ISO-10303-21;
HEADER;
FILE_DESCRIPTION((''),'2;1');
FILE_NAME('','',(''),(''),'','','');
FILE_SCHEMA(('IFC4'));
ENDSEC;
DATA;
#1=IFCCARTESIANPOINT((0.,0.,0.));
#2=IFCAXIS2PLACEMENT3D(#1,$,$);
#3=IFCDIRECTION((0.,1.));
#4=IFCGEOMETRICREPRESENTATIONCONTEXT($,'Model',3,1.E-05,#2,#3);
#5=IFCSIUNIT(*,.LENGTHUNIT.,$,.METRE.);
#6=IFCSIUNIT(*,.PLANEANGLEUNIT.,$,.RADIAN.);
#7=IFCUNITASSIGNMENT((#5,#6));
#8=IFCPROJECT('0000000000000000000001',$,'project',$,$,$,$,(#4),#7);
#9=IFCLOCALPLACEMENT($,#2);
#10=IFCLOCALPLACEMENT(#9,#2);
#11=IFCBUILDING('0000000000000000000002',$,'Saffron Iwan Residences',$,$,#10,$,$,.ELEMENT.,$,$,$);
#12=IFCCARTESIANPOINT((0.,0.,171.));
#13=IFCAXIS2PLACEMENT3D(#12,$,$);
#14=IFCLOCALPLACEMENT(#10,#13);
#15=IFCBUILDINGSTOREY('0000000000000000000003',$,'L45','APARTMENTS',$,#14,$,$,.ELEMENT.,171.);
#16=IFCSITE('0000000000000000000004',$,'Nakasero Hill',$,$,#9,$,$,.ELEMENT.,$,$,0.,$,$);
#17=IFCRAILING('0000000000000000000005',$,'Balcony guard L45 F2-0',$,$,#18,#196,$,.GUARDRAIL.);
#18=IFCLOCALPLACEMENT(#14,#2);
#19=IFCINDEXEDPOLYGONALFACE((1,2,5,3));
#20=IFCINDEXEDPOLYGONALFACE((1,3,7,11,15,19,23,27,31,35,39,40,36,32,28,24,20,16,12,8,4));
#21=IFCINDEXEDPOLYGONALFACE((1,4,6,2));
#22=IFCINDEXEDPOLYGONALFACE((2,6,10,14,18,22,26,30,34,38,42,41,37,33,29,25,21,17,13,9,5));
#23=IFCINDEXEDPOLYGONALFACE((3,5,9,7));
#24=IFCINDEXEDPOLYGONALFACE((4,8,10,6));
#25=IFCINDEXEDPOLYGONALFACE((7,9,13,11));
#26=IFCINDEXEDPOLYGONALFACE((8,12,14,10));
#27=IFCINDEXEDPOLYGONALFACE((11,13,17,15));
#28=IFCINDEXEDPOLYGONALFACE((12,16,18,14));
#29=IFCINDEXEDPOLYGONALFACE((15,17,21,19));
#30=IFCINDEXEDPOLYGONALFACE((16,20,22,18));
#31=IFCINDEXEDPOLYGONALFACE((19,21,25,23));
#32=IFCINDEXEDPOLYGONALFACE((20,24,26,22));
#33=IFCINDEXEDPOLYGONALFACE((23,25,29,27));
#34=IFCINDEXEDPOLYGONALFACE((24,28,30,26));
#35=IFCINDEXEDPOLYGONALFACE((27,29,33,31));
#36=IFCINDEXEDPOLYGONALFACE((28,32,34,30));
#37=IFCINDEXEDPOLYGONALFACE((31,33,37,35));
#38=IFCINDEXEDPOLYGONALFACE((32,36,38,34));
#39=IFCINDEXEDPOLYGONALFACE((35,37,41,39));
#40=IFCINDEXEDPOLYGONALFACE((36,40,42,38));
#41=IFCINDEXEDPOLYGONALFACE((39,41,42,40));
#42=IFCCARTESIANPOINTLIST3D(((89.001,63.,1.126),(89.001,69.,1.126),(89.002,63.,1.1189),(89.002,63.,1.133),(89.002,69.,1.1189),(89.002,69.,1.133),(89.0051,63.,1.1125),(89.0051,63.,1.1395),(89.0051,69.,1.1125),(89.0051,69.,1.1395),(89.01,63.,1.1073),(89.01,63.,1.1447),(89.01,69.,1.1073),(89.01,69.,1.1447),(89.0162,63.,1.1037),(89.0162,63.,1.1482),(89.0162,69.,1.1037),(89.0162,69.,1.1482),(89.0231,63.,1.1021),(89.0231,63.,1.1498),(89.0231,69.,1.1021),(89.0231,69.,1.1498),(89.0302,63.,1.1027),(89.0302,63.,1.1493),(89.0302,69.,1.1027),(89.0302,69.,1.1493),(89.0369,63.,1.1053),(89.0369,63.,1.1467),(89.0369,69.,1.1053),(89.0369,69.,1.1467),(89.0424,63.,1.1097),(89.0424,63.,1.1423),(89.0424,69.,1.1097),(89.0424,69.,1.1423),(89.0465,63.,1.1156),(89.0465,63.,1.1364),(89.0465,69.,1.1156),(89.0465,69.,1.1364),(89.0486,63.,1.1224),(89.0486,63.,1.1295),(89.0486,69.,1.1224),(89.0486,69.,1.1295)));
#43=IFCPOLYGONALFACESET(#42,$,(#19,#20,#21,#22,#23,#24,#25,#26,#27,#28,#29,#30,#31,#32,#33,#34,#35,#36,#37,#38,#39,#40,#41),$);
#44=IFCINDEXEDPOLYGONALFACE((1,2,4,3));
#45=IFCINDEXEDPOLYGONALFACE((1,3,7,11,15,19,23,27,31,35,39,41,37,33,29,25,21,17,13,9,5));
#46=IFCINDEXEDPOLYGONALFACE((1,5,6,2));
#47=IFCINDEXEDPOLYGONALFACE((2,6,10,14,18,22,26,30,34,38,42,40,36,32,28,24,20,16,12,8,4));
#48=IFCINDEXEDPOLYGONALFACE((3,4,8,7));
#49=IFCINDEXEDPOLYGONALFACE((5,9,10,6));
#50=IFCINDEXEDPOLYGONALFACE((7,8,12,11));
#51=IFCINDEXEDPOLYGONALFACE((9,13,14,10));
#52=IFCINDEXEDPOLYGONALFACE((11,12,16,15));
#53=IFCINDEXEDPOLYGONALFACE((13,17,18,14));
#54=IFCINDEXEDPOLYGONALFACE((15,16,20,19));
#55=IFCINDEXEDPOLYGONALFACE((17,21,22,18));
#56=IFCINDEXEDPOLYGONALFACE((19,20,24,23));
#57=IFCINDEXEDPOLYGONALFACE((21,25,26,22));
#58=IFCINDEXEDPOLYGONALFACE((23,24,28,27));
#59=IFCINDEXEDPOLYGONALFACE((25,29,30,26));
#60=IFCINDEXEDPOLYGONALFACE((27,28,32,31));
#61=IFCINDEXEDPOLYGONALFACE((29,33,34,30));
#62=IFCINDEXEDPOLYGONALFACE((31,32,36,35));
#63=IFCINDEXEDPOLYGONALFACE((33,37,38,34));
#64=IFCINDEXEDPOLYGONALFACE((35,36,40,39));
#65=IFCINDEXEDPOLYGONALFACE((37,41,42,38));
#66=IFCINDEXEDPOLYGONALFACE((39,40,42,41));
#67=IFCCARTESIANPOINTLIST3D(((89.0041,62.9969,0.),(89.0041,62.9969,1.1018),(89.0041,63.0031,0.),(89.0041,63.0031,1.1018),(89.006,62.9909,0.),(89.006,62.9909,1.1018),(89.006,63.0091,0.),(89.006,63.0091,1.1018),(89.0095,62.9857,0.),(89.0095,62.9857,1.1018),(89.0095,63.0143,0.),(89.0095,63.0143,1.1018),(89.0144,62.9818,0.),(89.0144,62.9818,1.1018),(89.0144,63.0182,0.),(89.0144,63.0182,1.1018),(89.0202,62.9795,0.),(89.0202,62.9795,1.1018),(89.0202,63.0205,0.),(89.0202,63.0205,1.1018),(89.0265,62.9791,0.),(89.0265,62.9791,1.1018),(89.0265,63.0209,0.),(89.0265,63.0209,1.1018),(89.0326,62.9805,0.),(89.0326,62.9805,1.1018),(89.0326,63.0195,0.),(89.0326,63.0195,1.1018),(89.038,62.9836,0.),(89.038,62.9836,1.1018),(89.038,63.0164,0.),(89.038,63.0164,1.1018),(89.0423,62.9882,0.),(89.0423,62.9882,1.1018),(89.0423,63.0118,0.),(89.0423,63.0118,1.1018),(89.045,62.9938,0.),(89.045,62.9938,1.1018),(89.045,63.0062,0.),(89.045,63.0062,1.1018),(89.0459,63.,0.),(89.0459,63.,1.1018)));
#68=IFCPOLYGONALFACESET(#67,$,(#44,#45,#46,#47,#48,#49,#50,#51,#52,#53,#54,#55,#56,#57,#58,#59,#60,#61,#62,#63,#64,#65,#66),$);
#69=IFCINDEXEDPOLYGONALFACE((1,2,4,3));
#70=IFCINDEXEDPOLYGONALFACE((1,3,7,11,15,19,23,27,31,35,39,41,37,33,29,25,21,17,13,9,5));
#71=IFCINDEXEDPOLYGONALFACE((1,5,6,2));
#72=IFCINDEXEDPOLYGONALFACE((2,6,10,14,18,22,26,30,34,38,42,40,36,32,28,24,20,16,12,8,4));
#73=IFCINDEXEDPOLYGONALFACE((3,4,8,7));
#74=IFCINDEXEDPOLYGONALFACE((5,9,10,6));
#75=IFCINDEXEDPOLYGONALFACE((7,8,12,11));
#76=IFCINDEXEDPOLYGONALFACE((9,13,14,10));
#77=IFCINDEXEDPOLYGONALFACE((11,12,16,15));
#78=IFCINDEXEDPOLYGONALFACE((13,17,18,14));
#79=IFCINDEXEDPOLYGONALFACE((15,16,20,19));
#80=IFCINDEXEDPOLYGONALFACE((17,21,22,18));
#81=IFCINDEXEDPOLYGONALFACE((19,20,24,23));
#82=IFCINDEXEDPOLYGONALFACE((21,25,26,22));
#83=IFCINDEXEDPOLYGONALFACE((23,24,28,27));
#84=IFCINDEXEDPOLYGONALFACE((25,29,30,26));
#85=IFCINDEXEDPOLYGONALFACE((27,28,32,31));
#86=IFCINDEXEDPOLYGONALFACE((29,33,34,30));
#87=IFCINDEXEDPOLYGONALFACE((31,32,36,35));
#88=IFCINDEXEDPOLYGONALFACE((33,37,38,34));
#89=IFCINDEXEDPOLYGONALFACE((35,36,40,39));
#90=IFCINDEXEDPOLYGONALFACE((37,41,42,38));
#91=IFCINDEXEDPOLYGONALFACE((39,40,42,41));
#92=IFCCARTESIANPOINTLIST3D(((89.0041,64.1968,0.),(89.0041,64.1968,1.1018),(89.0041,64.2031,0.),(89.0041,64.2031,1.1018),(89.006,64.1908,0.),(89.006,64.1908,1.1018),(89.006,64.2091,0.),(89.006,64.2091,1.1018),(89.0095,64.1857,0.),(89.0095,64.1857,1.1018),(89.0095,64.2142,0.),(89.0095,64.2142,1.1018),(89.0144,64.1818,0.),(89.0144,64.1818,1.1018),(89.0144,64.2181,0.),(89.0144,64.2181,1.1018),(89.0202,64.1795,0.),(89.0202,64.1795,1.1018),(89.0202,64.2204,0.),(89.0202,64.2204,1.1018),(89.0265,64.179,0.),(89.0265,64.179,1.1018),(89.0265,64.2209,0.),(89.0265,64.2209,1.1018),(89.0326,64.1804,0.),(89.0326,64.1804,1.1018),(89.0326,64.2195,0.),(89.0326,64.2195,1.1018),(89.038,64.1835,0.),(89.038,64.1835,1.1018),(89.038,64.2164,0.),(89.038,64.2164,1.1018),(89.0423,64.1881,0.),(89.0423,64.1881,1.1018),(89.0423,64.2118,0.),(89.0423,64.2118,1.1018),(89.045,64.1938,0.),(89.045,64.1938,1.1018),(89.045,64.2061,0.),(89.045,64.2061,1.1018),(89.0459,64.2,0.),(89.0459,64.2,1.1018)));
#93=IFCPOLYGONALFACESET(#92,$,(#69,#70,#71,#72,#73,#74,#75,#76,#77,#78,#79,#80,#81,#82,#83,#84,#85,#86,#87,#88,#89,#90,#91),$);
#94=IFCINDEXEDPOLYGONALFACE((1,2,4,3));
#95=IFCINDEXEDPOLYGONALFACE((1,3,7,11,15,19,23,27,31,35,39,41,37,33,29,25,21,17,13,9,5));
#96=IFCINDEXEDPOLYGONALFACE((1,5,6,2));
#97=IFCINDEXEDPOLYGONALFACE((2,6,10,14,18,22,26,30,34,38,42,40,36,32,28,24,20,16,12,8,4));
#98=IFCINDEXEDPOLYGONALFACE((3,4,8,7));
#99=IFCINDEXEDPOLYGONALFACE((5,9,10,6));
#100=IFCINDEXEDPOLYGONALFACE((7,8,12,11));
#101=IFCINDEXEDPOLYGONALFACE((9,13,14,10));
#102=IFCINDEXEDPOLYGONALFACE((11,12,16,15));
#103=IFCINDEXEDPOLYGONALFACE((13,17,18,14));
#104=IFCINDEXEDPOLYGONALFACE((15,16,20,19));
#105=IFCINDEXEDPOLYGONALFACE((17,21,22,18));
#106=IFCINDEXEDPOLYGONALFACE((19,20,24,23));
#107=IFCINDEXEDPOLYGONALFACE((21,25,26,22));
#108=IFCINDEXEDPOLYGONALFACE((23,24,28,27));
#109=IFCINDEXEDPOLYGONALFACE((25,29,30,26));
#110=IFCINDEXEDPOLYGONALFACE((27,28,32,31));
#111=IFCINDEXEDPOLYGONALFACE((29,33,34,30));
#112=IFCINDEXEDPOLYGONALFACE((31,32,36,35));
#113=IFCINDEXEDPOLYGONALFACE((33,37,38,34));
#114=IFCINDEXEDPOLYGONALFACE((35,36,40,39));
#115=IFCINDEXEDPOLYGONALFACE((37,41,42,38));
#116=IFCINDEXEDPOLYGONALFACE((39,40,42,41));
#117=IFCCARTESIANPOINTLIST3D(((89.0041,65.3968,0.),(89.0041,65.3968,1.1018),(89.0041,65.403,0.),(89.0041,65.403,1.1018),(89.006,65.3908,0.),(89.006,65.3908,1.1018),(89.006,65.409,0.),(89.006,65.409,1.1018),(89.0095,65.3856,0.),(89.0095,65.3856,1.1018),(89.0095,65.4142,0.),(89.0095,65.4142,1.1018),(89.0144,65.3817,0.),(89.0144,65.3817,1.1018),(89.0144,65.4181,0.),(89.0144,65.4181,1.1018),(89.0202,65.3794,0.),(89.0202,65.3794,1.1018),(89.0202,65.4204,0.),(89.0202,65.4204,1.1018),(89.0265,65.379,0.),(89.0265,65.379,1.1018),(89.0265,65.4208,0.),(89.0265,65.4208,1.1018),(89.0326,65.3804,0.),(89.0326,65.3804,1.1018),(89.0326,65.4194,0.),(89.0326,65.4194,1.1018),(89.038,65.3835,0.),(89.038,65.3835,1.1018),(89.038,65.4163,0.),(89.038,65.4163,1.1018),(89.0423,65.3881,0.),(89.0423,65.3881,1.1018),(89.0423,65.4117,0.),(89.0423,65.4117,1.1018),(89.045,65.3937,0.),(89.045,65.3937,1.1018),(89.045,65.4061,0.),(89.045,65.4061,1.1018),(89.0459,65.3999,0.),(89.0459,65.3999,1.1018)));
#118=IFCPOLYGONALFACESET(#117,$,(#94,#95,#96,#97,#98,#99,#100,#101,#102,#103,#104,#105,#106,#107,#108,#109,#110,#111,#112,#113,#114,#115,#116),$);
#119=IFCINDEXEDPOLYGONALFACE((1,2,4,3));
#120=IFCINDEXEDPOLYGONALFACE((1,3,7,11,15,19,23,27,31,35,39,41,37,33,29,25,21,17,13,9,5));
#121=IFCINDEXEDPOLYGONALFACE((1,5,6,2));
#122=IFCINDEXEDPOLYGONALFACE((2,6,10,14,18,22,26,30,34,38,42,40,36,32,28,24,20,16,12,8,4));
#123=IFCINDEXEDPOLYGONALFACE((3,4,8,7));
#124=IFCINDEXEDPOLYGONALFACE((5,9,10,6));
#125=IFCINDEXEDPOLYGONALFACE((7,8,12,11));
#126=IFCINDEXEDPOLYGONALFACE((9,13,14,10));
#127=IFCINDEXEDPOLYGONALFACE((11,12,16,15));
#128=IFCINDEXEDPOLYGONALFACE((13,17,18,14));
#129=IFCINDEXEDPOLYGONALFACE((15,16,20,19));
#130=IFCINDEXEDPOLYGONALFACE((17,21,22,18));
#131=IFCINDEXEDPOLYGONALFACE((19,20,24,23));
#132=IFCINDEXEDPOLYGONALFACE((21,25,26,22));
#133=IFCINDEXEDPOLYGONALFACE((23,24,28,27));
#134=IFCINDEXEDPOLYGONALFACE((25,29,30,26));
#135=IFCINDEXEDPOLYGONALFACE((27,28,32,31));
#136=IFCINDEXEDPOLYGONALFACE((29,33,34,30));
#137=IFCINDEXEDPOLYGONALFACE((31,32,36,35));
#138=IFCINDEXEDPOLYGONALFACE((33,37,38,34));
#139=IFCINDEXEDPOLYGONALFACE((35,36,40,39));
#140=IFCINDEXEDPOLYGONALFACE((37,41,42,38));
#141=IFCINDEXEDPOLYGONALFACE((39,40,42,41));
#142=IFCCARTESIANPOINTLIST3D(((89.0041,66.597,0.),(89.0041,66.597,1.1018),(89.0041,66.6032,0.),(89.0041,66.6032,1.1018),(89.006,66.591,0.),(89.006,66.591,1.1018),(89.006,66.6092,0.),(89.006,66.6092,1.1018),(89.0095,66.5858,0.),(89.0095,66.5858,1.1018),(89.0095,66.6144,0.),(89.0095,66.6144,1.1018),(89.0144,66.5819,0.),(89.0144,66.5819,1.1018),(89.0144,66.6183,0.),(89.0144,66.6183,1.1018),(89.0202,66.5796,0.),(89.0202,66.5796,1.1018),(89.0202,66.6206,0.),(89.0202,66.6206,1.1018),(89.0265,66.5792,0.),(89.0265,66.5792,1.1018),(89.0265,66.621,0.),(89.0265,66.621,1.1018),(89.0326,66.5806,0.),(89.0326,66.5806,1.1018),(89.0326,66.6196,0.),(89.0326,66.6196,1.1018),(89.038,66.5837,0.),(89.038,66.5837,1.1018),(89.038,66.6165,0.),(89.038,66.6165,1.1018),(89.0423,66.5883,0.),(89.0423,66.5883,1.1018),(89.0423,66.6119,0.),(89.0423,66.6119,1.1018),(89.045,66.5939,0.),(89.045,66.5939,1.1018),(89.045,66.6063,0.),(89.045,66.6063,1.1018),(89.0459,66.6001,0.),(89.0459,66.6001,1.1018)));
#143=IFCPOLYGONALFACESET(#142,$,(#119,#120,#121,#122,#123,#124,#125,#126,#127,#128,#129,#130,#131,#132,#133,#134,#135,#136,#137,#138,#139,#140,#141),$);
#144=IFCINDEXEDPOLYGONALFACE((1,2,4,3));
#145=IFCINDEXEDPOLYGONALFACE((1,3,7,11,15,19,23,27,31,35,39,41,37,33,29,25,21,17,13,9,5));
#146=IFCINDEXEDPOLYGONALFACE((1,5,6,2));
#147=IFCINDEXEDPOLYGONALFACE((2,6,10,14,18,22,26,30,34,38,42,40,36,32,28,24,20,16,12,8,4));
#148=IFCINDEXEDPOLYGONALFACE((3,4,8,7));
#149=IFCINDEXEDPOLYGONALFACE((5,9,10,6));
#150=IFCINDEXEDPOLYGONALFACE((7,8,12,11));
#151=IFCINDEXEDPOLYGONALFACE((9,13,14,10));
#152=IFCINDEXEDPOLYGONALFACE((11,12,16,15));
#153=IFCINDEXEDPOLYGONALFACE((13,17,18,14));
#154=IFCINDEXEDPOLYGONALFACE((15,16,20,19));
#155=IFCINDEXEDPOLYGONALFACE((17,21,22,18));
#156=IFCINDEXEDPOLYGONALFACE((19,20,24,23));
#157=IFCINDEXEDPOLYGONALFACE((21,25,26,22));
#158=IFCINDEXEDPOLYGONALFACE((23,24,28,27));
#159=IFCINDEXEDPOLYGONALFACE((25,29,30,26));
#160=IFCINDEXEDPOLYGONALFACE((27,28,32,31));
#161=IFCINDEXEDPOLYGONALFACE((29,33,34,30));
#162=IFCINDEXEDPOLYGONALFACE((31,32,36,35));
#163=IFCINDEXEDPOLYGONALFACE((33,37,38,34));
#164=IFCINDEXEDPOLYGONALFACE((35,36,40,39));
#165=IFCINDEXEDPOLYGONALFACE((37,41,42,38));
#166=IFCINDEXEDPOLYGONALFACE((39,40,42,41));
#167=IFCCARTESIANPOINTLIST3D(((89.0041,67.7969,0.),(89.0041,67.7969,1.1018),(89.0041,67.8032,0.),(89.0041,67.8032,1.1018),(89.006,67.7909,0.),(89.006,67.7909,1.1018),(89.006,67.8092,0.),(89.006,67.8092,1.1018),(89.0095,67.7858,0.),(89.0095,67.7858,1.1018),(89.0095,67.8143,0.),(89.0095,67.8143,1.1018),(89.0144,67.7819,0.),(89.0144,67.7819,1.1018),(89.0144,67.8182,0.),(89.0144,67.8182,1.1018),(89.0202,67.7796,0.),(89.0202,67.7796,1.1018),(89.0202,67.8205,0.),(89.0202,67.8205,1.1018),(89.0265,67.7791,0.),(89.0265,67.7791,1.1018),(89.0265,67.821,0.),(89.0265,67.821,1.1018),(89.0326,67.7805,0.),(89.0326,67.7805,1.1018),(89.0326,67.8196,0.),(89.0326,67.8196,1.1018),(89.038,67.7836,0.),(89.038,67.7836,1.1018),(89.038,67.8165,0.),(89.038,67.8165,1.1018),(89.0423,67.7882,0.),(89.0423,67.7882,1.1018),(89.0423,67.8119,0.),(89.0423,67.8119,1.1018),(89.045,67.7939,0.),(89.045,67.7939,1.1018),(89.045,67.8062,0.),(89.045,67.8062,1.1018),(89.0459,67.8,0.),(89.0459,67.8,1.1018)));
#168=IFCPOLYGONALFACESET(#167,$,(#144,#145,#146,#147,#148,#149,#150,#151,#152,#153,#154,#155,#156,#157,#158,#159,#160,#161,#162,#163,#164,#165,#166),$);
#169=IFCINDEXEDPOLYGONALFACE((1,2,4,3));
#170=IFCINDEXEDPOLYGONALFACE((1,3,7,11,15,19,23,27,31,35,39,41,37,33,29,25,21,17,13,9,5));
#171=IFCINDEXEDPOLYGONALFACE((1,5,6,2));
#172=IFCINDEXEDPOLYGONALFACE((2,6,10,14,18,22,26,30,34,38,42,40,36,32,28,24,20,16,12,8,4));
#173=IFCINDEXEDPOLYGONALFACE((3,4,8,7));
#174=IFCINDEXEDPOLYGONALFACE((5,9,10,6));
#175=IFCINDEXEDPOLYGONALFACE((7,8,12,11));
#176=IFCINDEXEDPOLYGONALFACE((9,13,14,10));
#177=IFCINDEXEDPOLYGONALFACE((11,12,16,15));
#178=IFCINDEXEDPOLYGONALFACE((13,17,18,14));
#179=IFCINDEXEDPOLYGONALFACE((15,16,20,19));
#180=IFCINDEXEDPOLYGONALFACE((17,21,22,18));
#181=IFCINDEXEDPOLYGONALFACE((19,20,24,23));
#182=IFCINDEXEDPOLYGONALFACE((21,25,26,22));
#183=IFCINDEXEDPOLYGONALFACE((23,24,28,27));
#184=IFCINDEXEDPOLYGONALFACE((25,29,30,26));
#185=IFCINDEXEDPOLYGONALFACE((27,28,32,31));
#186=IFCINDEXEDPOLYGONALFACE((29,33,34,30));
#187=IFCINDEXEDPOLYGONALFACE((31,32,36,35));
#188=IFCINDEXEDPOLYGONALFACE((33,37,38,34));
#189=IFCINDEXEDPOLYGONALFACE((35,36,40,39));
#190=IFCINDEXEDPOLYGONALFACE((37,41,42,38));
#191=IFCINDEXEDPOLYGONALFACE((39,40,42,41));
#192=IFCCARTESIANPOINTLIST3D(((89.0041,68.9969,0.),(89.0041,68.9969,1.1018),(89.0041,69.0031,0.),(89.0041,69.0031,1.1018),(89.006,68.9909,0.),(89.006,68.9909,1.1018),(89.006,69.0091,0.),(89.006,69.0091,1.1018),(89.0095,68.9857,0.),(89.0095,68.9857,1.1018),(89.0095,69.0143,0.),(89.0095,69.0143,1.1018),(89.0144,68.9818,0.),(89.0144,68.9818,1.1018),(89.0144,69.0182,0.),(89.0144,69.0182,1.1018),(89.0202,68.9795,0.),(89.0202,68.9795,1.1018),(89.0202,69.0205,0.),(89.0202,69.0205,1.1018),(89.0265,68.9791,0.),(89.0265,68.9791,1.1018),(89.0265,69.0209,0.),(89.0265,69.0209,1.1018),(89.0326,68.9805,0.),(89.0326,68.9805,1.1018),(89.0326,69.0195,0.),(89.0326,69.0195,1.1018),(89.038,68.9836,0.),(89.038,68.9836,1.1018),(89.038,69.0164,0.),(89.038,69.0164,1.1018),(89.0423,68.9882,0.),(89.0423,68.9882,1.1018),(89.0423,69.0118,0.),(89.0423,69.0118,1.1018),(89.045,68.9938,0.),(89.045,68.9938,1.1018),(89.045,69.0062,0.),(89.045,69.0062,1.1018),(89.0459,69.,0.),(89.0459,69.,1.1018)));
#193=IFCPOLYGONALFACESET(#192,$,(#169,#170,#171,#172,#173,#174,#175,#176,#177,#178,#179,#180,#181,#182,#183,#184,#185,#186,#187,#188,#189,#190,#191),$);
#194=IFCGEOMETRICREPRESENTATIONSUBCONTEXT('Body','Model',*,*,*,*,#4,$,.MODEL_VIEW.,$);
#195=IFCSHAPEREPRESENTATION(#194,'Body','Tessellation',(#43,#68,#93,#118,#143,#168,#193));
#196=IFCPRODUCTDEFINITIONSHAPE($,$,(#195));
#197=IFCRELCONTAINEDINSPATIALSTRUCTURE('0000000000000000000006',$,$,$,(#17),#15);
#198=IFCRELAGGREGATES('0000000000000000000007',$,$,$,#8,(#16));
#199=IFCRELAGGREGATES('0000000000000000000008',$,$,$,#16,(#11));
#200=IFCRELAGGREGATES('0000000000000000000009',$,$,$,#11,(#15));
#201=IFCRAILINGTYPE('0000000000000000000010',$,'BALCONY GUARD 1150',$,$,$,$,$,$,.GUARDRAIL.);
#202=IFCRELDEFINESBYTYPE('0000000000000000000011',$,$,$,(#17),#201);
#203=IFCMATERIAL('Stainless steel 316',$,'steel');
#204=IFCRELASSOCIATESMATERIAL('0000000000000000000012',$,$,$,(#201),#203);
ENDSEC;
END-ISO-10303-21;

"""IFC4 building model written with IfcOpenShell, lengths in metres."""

from ifc_helpers import new_model, si_unit, direction, frame, origin, origin_2d, place, context, subcontext, project, spatial, circle, extrude, material, type_object, element, save


model = new_model("IFC4")

# Units and contexts
model_context = context("Model", 3, precision=1e-05, world=origin(), true_north=direction((0.0, 1.0)))
body_context = subcontext(model_context, "Body", "Model", "MODEL_VIEW")
ifc_project = project(units=[si_unit("LENGTHUNIT", "METRE"), si_unit("PLANEANGLEUNIT", "RADIAN")], contexts=[model_context])

# Site, building, storey
site_placement = place(None, origin())
site = spatial("IfcSite", under=ifc_project, at=site_placement, Name="Nakasero Hill", CompositionType="ELEMENT", RefElevation=0.0)
building_placement = place(site_placement, origin())
building = spatial("IfcBuilding", under=site, at=building_placement, Name="Saffron Iwan Residences", CompositionType="ELEMENT")
storey_placement = place(building_placement, frame((0.0, 0.0, 171.0)))
storey = spatial("IfcBuildingStorey", under=building, at=storey_placement, Name="L45", Description="APARTMENTS", CompositionType="ELEMENT", Elevation=171.0)

# Railing
ifc_material_1 = material(Name="Stainless steel 316", Category="steel")
railing_type_1 = type_object("IfcRailingType", Name="BALCONY GUARD 1150", PredefinedType="GUARDRAIL", material=ifc_material_1)
railing_1_placement = place(storey_placement, frame((89.0249, 63.0, 0.0)))
element("IfcRailing", 1, at=railing_1_placement, inside=storey, type_object=railing_type_1, Name="Balcony guard L45 F2-0", PredefinedType="GUARDRAIL", context=body_context, shape_type="SweptSolid", body=[
    extrude(circle(Radius=0.0239, at=origin_2d()), frame((0.0, 0.0, 1.126), z_axis=(0.0, 1.0, 0.0), x_axis=(-1.0, 0.0, 0.0)), (0.0, 0.0, 1.0), 6.0),
    extrude(circle(Radius=0.021, at=origin_2d()), origin(), (0.0, 0.0, 1.0), 1.1018),
    extrude(circle(Radius=0.021, at=origin_2d()), frame((0.0, 1.2, 0.0)), (0.0, 0.0, 1.0), 1.1018),
    extrude(circle(Radius=0.021, at=origin_2d()), frame((0.0, 2.3999, 0.0)), (0.0, 0.0, 1.0), 1.1018),
    extrude(circle(Radius=0.021, at=origin_2d()), frame((0.0, 3.6001, 0.0)), (0.0, 0.0, 1.0), 1.1018),
    extrude(circle(Radius=0.021, at=origin_2d()), frame((0.0, 4.8, 0.0)), (0.0, 0.0, 1.0), 1.1018),
    extrude(circle(Radius=0.021, at=origin_2d()), frame((0.0, 6.0, 0.0)), (0.0, 0.0, 1.0), 1.1018),
])

save(model, "model.ifc")
